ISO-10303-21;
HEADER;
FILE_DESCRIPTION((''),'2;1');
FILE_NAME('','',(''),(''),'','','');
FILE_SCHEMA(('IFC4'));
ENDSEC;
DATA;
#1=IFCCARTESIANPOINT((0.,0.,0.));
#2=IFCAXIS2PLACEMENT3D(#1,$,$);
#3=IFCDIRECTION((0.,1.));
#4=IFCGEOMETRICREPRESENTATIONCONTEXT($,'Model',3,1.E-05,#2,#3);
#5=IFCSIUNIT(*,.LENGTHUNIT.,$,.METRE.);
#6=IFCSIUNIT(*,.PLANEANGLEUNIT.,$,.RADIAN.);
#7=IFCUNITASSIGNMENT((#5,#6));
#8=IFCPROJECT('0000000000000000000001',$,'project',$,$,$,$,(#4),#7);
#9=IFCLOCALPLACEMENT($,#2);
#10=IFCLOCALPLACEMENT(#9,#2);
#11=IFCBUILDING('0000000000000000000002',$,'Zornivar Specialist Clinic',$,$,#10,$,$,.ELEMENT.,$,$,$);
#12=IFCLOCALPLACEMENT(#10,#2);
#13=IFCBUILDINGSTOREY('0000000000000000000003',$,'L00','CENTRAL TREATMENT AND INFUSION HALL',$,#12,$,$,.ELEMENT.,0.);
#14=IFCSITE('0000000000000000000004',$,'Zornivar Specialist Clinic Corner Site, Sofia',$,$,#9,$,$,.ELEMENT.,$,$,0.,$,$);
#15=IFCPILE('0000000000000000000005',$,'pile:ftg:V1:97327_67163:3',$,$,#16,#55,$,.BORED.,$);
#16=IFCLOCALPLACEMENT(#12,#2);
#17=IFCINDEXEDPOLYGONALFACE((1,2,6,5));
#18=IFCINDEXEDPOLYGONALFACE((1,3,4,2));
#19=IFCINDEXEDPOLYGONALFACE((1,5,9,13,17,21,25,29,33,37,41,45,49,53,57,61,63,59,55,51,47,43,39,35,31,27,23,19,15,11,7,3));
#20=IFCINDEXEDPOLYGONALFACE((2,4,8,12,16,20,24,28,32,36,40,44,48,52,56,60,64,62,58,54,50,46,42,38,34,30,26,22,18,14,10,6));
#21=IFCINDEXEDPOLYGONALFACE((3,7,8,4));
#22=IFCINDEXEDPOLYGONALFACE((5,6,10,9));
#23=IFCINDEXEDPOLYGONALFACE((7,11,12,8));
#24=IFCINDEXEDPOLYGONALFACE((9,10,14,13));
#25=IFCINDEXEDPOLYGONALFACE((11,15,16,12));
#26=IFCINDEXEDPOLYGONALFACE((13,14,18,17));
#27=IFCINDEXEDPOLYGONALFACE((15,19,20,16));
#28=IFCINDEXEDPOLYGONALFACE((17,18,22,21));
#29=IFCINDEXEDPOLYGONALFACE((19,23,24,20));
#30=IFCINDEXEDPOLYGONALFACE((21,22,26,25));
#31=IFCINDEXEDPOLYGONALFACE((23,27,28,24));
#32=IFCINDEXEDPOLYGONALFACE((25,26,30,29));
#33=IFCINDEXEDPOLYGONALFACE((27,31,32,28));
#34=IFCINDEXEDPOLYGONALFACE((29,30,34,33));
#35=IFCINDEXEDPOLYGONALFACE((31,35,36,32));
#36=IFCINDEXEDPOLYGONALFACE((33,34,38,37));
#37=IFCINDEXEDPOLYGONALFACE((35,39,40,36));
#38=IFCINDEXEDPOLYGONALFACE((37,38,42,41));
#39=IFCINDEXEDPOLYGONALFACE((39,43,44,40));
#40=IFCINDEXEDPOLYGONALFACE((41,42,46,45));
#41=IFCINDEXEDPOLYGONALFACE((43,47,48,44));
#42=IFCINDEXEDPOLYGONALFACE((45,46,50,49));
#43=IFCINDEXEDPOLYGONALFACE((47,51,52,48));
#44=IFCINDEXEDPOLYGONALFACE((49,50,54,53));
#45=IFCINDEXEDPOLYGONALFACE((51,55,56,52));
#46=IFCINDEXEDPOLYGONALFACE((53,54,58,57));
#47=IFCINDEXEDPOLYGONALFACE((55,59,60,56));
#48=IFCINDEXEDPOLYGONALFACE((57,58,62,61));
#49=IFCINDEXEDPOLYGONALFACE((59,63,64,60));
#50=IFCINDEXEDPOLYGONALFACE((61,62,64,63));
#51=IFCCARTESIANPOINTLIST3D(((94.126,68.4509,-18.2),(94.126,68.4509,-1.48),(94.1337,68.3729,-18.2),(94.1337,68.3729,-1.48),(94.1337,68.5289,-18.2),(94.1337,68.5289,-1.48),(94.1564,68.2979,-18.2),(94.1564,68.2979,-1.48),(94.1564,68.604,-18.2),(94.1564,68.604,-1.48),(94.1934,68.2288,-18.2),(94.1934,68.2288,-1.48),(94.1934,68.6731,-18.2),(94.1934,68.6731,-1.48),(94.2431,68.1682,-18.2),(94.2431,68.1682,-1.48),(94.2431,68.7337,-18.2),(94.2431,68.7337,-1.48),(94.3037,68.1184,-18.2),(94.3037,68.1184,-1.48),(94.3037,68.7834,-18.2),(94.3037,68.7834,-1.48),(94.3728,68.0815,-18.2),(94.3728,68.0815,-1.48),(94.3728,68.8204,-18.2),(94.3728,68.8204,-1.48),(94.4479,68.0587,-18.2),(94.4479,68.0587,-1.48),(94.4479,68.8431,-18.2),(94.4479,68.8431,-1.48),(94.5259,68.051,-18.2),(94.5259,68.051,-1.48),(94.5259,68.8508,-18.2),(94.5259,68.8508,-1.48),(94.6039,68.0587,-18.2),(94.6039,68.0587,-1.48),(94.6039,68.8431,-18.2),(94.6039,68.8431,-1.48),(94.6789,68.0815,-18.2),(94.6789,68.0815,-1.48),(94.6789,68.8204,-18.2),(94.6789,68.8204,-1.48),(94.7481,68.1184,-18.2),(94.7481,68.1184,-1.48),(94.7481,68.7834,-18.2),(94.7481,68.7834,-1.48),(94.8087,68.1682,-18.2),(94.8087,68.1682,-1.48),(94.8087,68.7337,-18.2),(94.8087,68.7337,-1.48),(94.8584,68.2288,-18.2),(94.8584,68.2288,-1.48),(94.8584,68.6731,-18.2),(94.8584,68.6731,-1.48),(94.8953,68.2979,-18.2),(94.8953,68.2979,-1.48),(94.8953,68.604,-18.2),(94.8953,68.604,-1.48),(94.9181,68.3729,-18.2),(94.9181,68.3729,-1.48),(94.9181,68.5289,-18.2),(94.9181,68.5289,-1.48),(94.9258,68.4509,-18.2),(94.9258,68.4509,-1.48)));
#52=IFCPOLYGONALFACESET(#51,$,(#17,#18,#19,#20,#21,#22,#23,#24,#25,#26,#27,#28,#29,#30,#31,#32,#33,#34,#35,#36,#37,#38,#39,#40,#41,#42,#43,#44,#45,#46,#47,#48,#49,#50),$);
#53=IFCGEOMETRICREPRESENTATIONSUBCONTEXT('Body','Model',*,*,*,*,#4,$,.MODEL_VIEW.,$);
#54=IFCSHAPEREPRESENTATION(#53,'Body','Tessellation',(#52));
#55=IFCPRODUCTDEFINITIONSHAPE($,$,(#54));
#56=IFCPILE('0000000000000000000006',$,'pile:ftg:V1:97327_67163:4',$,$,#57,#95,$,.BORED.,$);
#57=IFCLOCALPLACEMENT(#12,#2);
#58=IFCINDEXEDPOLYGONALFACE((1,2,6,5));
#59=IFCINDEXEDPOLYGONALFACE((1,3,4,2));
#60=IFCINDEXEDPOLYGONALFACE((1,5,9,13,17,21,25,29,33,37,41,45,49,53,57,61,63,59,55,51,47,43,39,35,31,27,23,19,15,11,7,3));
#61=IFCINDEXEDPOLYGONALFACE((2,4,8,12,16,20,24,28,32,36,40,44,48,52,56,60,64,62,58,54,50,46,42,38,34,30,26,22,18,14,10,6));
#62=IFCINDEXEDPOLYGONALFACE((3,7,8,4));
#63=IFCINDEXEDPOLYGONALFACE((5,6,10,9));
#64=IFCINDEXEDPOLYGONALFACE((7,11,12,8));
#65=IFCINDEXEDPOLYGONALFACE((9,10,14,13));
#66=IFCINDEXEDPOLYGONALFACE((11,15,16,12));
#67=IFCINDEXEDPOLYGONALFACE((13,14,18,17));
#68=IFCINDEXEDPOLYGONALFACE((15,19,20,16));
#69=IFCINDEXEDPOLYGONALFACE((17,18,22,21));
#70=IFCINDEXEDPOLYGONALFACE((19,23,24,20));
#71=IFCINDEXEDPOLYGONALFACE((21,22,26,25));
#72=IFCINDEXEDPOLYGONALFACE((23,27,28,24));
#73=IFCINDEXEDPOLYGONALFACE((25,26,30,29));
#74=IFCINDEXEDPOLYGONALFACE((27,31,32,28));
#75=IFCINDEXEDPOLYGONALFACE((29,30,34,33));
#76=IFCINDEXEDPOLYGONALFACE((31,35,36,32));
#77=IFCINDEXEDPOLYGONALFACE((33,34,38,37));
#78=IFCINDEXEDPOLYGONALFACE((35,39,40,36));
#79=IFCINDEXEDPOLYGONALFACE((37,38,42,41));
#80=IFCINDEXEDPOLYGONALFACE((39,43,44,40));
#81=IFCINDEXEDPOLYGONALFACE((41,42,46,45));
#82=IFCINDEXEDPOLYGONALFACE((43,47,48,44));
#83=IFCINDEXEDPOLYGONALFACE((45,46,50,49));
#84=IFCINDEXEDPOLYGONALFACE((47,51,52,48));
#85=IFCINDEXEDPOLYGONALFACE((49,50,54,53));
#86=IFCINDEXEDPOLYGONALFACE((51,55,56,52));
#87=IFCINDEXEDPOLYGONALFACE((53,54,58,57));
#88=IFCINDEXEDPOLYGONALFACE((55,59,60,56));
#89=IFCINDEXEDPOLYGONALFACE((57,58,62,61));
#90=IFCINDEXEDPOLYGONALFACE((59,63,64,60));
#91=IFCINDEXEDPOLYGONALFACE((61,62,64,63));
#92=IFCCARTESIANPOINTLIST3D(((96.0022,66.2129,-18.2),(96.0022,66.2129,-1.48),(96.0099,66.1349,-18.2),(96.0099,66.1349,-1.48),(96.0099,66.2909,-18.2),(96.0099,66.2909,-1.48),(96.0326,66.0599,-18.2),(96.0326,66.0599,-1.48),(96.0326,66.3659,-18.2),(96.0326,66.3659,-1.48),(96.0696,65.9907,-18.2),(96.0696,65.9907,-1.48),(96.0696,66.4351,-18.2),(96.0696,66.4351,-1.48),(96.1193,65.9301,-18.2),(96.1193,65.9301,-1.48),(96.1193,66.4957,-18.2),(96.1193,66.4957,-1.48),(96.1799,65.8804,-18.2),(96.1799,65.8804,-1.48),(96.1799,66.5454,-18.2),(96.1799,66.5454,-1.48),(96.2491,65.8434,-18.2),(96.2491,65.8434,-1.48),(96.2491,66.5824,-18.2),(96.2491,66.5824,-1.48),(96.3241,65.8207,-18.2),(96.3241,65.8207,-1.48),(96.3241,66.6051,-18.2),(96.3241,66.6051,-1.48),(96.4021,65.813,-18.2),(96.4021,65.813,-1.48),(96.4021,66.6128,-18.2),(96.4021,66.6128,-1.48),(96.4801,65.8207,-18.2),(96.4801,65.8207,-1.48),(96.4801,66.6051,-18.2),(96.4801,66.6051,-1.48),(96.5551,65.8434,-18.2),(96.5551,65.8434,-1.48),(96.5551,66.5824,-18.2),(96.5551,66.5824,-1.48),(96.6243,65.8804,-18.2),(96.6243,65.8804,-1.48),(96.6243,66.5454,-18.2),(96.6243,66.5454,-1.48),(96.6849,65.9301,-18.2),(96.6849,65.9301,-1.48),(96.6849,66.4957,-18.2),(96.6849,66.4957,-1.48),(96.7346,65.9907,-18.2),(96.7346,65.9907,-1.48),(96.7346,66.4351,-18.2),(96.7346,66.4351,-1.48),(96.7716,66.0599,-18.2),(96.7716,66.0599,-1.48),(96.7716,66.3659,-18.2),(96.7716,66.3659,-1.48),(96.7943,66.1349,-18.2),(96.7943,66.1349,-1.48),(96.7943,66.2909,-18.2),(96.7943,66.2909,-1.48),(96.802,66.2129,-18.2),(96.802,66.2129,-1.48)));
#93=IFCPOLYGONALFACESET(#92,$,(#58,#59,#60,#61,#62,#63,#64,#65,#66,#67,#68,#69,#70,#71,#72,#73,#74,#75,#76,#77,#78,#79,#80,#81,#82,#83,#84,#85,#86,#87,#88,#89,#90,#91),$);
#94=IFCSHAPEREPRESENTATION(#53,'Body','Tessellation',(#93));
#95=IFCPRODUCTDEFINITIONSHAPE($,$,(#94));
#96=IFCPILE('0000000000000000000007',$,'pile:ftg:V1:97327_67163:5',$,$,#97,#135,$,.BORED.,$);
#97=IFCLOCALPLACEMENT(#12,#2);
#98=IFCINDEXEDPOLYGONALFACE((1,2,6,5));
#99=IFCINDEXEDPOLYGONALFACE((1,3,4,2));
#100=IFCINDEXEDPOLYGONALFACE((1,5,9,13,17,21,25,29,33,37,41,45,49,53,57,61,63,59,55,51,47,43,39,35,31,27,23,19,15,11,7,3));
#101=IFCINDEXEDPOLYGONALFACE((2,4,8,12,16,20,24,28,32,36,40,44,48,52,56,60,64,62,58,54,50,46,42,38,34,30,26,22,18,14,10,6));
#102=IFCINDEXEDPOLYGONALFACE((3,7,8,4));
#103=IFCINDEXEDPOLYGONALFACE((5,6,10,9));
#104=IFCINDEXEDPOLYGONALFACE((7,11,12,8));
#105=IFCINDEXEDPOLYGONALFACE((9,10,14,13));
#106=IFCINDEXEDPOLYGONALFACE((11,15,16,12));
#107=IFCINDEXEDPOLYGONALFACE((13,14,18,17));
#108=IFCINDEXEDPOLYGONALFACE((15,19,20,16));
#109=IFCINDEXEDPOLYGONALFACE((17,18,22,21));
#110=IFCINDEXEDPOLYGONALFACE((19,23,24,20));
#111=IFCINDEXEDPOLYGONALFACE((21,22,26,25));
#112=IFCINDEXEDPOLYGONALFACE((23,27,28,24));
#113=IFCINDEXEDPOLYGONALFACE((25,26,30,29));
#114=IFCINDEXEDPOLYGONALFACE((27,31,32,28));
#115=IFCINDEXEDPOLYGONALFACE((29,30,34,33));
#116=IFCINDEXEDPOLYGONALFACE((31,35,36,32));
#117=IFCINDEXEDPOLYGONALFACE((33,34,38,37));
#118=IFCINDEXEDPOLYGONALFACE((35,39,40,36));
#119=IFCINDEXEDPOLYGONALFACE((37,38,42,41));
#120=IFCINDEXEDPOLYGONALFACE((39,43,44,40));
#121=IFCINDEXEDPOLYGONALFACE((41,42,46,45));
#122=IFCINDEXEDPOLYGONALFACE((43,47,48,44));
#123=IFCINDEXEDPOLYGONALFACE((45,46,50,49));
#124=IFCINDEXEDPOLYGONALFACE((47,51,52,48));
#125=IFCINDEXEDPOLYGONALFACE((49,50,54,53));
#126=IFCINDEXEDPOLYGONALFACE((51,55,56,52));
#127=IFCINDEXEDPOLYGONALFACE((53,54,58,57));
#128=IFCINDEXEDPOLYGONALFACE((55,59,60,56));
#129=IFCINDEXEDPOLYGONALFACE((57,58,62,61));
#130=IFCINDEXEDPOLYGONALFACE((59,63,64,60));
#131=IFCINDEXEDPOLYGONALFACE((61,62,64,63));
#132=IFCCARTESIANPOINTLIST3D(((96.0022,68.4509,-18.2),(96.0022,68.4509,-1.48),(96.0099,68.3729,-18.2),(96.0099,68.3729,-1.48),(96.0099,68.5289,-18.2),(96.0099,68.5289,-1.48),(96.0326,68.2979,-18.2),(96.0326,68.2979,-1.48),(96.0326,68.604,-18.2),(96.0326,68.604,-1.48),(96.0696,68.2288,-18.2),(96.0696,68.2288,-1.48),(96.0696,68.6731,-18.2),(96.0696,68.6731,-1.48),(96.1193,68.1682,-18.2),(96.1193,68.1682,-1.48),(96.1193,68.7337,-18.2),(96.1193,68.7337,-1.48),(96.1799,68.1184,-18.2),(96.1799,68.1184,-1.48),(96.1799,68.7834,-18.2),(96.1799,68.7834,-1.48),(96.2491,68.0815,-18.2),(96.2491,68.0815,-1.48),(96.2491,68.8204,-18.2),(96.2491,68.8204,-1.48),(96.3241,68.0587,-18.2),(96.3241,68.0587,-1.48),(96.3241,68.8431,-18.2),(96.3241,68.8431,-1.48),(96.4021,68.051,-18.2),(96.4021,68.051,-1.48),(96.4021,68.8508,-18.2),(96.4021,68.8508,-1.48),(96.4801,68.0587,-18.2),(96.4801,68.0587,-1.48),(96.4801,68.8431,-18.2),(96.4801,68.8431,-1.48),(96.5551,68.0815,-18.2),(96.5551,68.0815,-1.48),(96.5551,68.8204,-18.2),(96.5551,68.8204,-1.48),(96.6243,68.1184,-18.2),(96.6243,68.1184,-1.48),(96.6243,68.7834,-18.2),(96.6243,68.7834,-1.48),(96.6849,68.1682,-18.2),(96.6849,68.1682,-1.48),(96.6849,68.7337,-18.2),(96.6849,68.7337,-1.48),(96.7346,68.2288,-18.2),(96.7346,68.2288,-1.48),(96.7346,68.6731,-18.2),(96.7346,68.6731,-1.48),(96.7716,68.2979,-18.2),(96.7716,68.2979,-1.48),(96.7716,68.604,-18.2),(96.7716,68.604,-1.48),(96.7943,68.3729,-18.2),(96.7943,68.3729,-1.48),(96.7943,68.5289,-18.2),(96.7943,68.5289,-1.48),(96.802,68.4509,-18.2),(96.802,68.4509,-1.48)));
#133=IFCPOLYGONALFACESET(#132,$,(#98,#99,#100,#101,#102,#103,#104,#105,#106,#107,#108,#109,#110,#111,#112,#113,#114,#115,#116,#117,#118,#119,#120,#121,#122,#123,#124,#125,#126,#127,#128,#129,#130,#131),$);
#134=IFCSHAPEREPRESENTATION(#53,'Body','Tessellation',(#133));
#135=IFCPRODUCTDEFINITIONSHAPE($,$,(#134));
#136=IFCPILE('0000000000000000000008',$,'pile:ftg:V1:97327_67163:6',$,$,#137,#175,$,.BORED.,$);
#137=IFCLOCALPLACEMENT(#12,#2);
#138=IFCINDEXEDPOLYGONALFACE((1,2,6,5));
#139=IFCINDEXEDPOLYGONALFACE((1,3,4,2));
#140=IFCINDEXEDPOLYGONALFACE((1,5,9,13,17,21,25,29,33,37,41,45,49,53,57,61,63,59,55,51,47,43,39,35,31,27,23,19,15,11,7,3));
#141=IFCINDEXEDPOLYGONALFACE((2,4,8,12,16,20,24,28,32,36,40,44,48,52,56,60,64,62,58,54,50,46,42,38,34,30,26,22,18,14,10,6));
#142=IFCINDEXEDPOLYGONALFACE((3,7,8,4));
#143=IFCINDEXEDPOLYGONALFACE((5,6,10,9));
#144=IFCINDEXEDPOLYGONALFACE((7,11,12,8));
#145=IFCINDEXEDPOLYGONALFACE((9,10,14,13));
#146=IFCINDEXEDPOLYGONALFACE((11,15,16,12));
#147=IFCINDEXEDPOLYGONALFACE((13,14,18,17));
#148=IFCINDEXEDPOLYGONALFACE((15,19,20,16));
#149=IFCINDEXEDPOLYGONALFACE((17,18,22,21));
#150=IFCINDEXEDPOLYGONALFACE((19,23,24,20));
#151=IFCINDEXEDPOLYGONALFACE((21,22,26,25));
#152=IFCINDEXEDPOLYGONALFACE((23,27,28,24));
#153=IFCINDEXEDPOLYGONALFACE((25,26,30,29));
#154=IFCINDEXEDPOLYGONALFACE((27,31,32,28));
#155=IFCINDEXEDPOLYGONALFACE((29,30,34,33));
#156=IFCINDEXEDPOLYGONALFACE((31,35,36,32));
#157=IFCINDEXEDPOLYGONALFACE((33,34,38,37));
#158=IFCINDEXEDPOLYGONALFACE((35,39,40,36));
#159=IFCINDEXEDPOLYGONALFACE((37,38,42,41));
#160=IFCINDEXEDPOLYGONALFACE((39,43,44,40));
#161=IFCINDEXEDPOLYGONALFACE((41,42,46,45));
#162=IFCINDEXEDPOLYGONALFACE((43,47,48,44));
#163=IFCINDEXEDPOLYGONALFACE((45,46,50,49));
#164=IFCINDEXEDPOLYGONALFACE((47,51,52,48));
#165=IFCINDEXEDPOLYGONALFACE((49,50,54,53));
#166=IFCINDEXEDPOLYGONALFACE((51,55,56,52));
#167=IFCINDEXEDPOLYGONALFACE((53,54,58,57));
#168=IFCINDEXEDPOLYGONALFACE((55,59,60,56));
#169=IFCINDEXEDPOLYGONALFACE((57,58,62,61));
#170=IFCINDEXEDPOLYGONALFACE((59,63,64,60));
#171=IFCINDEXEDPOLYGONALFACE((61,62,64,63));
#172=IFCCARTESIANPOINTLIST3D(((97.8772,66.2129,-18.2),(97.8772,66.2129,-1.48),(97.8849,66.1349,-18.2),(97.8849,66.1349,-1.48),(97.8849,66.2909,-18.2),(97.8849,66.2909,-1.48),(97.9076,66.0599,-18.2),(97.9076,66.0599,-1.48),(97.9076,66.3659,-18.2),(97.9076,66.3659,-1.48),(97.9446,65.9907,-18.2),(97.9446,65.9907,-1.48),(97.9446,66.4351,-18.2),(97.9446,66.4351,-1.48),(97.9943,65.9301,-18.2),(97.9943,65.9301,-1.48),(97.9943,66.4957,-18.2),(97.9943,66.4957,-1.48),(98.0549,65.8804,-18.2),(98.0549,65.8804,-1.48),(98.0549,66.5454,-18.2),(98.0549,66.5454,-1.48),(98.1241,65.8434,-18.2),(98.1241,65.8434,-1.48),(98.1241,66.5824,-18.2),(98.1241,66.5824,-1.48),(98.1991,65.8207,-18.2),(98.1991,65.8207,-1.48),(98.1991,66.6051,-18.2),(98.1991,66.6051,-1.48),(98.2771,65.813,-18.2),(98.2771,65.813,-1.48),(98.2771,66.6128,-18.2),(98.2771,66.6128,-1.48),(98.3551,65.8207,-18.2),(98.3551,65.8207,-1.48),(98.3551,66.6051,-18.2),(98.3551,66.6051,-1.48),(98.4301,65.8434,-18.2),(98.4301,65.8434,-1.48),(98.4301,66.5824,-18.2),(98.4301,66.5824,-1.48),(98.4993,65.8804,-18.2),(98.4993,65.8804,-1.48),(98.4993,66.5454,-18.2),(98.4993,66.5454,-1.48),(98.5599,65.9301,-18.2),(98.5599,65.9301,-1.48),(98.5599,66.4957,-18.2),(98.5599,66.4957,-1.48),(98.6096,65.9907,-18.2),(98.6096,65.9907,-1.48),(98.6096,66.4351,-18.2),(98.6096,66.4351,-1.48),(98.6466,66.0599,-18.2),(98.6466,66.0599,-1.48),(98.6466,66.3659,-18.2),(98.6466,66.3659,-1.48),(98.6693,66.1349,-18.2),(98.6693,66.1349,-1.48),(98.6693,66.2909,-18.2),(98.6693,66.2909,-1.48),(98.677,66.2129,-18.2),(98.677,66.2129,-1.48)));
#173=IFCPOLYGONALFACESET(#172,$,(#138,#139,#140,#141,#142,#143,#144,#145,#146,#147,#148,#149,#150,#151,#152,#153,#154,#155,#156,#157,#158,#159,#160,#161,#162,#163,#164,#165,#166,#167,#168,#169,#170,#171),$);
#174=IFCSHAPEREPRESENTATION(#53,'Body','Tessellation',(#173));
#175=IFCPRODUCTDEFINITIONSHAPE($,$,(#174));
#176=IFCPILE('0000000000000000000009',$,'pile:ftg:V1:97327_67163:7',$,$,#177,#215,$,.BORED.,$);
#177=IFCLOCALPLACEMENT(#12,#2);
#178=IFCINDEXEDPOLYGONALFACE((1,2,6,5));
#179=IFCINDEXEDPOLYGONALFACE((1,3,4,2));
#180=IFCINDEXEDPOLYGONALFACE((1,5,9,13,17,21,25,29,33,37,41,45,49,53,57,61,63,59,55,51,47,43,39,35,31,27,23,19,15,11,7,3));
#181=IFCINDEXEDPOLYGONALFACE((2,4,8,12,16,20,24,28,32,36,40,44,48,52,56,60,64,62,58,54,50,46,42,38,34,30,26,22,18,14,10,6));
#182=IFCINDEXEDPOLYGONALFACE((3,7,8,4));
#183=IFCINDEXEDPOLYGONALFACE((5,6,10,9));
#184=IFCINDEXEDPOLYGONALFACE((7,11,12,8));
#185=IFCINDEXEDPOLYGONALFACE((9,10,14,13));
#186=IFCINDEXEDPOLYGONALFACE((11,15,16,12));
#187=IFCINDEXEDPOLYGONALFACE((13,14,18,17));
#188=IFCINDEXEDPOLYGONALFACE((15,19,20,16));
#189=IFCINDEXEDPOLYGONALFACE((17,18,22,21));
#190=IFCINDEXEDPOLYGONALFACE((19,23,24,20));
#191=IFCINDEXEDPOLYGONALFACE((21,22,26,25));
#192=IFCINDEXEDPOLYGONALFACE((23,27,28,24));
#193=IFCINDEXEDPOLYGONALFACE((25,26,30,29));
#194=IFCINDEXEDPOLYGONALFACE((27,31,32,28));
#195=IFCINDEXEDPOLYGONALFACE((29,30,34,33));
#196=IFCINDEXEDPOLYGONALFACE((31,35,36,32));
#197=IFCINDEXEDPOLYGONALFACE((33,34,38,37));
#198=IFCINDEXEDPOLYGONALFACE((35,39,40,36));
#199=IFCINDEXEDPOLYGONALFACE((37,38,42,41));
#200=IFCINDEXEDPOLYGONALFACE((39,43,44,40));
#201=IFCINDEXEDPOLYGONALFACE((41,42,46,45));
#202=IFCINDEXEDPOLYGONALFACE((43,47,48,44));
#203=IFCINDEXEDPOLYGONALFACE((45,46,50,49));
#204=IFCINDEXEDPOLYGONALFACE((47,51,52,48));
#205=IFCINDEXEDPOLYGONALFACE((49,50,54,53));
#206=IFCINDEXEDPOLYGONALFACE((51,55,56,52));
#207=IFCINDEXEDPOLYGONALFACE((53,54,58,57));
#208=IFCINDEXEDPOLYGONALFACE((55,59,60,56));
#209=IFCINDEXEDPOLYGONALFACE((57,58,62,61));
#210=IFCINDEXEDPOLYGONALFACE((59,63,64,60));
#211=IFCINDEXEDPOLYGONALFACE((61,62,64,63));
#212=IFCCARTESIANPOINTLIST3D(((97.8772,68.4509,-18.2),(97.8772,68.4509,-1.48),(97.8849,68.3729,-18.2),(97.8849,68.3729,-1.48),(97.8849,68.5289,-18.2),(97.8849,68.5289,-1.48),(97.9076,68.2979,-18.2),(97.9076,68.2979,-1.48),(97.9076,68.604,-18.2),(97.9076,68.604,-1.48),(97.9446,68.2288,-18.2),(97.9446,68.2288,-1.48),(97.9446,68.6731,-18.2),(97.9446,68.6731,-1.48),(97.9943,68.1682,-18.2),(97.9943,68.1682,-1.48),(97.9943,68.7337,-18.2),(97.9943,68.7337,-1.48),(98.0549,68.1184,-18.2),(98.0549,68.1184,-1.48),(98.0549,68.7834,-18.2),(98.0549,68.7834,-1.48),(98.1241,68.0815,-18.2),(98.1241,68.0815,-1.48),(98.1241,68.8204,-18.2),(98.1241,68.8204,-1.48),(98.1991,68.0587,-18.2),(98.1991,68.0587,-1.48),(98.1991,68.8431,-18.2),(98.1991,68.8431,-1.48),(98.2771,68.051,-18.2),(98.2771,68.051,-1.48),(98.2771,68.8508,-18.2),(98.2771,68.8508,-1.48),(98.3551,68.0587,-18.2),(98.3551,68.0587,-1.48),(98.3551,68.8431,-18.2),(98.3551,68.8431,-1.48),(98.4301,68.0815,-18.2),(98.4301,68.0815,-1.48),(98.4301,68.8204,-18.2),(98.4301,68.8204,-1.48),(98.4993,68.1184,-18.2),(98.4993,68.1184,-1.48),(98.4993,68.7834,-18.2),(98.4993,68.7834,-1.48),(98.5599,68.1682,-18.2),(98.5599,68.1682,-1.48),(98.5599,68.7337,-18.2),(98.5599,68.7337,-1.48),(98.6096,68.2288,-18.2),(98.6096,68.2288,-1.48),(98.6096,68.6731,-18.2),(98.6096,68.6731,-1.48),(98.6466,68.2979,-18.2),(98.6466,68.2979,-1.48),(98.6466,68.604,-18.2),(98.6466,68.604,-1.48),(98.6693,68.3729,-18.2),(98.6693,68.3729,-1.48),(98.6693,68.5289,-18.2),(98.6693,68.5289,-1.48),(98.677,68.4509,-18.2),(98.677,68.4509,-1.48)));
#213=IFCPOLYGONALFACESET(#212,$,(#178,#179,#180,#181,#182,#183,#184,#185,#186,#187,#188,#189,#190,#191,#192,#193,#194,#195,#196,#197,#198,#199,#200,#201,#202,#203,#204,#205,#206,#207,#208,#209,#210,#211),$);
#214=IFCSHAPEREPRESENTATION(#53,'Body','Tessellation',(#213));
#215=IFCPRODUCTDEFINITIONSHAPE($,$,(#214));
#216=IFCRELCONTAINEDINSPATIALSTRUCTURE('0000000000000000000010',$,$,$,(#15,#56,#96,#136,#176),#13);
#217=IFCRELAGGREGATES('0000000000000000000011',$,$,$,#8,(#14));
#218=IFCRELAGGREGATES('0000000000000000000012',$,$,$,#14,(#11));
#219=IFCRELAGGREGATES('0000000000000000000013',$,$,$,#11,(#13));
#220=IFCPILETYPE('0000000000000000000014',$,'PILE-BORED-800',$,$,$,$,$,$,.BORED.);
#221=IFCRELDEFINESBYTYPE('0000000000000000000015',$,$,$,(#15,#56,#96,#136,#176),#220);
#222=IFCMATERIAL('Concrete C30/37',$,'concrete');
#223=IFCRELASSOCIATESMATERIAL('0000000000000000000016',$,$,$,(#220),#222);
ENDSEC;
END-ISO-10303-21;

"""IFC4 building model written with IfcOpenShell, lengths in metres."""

from ifc_helpers import new_model, si_unit, direction, frame, origin, origin_2d, place, context, subcontext, project, spatial, circle, extrude, material, material_profile, profile_set, type_object, element, save


model = new_model("IFC4")

# Units and contexts
model_context = context("Model", 3, precision=1e-05, world=origin(), true_north=direction((0.0, 1.0)))
body_context = subcontext(model_context, "Body", "Model", "MODEL_VIEW")
ifc_project = project(units=[si_unit("LENGTHUNIT", "METRE"), si_unit("PLANEANGLEUNIT", "RADIAN")], contexts=[model_context])

# Site, building, storey
site_placement = place(None, origin())
site = spatial("IfcSite", under=ifc_project, at=site_placement, Name="Zornivar Specialist Clinic Corner Site, Sofia", CompositionType="ELEMENT", RefElevation=0.0)
building_placement = place(site_placement, origin())
building = spatial("IfcBuilding", under=site, at=building_placement, Name="Zornivar Specialist Clinic", CompositionType="ELEMENT")
storey_placement = place(building_placement, origin())
storey = spatial("IfcBuildingStorey", under=building, at=storey_placement, Name="L00", Description="CENTRAL TREATMENT AND INFUSION HALL", CompositionType="ELEMENT", Elevation=0.0)

# Piles
ifc_material_1 = material(Name="Concrete C30/37", Category="concrete")
ifc_material_profile_1 = material_profile(ifc_material_1, circle(Radius=0.3999, at=origin_2d()), Name="PILE D800")
ifc_profile_set_1 = profile_set([ifc_material_profile_1], Name="Concrete C30/37")
pile_type = type_object("IfcPileType", Name="PILE-BORED-800", PredefinedType="BORED", material=ifc_profile_set_1)
for number, where, z_axis, x_axis, name in (
    (1, (94.5259, 68.4509, -1.48), (0.0, 0.0, -1.0), (1.0, 0.0, 0.0), "pile:ftg:V1:97327_67163:3"),
    (2, (96.4021, 66.2129, -1.48), (0.0, 0.0, -1.0), (1.0, 0.0, 0.0), "pile:ftg:V1:97327_67163:4"),
    (3, (96.4021, 68.4509, -1.48), (0.0, 0.0, -1.0), (1.0, 0.0, 0.0), "pile:ftg:V1:97327_67163:5"),
    (4, (98.2771, 66.2129, -1.48), (0.0, 0.0, -1.0), (1.0, 0.0, 0.0), "pile:ftg:V1:97327_67163:6"),
    (5, (98.2771, 68.4509, -1.48), (0.0, 0.0, -1.0), (1.0, 0.0, 0.0), "pile:ftg:V1:97327_67163:7"),
):
    element("IfcPile", number, at=place(storey_placement, frame(where, z_axis=z_axis, x_axis=x_axis)), inside=storey, type_object=pile_type, Name=name, PredefinedType="BORED", context=body_context, shape_type="SweptSolid", body=[
        extrude(circle(Radius=0.3999, at=origin_2d()), origin(), (0.0, 0.0, 1.0), 16.72),
    ])

save(model, "model.ifc")
